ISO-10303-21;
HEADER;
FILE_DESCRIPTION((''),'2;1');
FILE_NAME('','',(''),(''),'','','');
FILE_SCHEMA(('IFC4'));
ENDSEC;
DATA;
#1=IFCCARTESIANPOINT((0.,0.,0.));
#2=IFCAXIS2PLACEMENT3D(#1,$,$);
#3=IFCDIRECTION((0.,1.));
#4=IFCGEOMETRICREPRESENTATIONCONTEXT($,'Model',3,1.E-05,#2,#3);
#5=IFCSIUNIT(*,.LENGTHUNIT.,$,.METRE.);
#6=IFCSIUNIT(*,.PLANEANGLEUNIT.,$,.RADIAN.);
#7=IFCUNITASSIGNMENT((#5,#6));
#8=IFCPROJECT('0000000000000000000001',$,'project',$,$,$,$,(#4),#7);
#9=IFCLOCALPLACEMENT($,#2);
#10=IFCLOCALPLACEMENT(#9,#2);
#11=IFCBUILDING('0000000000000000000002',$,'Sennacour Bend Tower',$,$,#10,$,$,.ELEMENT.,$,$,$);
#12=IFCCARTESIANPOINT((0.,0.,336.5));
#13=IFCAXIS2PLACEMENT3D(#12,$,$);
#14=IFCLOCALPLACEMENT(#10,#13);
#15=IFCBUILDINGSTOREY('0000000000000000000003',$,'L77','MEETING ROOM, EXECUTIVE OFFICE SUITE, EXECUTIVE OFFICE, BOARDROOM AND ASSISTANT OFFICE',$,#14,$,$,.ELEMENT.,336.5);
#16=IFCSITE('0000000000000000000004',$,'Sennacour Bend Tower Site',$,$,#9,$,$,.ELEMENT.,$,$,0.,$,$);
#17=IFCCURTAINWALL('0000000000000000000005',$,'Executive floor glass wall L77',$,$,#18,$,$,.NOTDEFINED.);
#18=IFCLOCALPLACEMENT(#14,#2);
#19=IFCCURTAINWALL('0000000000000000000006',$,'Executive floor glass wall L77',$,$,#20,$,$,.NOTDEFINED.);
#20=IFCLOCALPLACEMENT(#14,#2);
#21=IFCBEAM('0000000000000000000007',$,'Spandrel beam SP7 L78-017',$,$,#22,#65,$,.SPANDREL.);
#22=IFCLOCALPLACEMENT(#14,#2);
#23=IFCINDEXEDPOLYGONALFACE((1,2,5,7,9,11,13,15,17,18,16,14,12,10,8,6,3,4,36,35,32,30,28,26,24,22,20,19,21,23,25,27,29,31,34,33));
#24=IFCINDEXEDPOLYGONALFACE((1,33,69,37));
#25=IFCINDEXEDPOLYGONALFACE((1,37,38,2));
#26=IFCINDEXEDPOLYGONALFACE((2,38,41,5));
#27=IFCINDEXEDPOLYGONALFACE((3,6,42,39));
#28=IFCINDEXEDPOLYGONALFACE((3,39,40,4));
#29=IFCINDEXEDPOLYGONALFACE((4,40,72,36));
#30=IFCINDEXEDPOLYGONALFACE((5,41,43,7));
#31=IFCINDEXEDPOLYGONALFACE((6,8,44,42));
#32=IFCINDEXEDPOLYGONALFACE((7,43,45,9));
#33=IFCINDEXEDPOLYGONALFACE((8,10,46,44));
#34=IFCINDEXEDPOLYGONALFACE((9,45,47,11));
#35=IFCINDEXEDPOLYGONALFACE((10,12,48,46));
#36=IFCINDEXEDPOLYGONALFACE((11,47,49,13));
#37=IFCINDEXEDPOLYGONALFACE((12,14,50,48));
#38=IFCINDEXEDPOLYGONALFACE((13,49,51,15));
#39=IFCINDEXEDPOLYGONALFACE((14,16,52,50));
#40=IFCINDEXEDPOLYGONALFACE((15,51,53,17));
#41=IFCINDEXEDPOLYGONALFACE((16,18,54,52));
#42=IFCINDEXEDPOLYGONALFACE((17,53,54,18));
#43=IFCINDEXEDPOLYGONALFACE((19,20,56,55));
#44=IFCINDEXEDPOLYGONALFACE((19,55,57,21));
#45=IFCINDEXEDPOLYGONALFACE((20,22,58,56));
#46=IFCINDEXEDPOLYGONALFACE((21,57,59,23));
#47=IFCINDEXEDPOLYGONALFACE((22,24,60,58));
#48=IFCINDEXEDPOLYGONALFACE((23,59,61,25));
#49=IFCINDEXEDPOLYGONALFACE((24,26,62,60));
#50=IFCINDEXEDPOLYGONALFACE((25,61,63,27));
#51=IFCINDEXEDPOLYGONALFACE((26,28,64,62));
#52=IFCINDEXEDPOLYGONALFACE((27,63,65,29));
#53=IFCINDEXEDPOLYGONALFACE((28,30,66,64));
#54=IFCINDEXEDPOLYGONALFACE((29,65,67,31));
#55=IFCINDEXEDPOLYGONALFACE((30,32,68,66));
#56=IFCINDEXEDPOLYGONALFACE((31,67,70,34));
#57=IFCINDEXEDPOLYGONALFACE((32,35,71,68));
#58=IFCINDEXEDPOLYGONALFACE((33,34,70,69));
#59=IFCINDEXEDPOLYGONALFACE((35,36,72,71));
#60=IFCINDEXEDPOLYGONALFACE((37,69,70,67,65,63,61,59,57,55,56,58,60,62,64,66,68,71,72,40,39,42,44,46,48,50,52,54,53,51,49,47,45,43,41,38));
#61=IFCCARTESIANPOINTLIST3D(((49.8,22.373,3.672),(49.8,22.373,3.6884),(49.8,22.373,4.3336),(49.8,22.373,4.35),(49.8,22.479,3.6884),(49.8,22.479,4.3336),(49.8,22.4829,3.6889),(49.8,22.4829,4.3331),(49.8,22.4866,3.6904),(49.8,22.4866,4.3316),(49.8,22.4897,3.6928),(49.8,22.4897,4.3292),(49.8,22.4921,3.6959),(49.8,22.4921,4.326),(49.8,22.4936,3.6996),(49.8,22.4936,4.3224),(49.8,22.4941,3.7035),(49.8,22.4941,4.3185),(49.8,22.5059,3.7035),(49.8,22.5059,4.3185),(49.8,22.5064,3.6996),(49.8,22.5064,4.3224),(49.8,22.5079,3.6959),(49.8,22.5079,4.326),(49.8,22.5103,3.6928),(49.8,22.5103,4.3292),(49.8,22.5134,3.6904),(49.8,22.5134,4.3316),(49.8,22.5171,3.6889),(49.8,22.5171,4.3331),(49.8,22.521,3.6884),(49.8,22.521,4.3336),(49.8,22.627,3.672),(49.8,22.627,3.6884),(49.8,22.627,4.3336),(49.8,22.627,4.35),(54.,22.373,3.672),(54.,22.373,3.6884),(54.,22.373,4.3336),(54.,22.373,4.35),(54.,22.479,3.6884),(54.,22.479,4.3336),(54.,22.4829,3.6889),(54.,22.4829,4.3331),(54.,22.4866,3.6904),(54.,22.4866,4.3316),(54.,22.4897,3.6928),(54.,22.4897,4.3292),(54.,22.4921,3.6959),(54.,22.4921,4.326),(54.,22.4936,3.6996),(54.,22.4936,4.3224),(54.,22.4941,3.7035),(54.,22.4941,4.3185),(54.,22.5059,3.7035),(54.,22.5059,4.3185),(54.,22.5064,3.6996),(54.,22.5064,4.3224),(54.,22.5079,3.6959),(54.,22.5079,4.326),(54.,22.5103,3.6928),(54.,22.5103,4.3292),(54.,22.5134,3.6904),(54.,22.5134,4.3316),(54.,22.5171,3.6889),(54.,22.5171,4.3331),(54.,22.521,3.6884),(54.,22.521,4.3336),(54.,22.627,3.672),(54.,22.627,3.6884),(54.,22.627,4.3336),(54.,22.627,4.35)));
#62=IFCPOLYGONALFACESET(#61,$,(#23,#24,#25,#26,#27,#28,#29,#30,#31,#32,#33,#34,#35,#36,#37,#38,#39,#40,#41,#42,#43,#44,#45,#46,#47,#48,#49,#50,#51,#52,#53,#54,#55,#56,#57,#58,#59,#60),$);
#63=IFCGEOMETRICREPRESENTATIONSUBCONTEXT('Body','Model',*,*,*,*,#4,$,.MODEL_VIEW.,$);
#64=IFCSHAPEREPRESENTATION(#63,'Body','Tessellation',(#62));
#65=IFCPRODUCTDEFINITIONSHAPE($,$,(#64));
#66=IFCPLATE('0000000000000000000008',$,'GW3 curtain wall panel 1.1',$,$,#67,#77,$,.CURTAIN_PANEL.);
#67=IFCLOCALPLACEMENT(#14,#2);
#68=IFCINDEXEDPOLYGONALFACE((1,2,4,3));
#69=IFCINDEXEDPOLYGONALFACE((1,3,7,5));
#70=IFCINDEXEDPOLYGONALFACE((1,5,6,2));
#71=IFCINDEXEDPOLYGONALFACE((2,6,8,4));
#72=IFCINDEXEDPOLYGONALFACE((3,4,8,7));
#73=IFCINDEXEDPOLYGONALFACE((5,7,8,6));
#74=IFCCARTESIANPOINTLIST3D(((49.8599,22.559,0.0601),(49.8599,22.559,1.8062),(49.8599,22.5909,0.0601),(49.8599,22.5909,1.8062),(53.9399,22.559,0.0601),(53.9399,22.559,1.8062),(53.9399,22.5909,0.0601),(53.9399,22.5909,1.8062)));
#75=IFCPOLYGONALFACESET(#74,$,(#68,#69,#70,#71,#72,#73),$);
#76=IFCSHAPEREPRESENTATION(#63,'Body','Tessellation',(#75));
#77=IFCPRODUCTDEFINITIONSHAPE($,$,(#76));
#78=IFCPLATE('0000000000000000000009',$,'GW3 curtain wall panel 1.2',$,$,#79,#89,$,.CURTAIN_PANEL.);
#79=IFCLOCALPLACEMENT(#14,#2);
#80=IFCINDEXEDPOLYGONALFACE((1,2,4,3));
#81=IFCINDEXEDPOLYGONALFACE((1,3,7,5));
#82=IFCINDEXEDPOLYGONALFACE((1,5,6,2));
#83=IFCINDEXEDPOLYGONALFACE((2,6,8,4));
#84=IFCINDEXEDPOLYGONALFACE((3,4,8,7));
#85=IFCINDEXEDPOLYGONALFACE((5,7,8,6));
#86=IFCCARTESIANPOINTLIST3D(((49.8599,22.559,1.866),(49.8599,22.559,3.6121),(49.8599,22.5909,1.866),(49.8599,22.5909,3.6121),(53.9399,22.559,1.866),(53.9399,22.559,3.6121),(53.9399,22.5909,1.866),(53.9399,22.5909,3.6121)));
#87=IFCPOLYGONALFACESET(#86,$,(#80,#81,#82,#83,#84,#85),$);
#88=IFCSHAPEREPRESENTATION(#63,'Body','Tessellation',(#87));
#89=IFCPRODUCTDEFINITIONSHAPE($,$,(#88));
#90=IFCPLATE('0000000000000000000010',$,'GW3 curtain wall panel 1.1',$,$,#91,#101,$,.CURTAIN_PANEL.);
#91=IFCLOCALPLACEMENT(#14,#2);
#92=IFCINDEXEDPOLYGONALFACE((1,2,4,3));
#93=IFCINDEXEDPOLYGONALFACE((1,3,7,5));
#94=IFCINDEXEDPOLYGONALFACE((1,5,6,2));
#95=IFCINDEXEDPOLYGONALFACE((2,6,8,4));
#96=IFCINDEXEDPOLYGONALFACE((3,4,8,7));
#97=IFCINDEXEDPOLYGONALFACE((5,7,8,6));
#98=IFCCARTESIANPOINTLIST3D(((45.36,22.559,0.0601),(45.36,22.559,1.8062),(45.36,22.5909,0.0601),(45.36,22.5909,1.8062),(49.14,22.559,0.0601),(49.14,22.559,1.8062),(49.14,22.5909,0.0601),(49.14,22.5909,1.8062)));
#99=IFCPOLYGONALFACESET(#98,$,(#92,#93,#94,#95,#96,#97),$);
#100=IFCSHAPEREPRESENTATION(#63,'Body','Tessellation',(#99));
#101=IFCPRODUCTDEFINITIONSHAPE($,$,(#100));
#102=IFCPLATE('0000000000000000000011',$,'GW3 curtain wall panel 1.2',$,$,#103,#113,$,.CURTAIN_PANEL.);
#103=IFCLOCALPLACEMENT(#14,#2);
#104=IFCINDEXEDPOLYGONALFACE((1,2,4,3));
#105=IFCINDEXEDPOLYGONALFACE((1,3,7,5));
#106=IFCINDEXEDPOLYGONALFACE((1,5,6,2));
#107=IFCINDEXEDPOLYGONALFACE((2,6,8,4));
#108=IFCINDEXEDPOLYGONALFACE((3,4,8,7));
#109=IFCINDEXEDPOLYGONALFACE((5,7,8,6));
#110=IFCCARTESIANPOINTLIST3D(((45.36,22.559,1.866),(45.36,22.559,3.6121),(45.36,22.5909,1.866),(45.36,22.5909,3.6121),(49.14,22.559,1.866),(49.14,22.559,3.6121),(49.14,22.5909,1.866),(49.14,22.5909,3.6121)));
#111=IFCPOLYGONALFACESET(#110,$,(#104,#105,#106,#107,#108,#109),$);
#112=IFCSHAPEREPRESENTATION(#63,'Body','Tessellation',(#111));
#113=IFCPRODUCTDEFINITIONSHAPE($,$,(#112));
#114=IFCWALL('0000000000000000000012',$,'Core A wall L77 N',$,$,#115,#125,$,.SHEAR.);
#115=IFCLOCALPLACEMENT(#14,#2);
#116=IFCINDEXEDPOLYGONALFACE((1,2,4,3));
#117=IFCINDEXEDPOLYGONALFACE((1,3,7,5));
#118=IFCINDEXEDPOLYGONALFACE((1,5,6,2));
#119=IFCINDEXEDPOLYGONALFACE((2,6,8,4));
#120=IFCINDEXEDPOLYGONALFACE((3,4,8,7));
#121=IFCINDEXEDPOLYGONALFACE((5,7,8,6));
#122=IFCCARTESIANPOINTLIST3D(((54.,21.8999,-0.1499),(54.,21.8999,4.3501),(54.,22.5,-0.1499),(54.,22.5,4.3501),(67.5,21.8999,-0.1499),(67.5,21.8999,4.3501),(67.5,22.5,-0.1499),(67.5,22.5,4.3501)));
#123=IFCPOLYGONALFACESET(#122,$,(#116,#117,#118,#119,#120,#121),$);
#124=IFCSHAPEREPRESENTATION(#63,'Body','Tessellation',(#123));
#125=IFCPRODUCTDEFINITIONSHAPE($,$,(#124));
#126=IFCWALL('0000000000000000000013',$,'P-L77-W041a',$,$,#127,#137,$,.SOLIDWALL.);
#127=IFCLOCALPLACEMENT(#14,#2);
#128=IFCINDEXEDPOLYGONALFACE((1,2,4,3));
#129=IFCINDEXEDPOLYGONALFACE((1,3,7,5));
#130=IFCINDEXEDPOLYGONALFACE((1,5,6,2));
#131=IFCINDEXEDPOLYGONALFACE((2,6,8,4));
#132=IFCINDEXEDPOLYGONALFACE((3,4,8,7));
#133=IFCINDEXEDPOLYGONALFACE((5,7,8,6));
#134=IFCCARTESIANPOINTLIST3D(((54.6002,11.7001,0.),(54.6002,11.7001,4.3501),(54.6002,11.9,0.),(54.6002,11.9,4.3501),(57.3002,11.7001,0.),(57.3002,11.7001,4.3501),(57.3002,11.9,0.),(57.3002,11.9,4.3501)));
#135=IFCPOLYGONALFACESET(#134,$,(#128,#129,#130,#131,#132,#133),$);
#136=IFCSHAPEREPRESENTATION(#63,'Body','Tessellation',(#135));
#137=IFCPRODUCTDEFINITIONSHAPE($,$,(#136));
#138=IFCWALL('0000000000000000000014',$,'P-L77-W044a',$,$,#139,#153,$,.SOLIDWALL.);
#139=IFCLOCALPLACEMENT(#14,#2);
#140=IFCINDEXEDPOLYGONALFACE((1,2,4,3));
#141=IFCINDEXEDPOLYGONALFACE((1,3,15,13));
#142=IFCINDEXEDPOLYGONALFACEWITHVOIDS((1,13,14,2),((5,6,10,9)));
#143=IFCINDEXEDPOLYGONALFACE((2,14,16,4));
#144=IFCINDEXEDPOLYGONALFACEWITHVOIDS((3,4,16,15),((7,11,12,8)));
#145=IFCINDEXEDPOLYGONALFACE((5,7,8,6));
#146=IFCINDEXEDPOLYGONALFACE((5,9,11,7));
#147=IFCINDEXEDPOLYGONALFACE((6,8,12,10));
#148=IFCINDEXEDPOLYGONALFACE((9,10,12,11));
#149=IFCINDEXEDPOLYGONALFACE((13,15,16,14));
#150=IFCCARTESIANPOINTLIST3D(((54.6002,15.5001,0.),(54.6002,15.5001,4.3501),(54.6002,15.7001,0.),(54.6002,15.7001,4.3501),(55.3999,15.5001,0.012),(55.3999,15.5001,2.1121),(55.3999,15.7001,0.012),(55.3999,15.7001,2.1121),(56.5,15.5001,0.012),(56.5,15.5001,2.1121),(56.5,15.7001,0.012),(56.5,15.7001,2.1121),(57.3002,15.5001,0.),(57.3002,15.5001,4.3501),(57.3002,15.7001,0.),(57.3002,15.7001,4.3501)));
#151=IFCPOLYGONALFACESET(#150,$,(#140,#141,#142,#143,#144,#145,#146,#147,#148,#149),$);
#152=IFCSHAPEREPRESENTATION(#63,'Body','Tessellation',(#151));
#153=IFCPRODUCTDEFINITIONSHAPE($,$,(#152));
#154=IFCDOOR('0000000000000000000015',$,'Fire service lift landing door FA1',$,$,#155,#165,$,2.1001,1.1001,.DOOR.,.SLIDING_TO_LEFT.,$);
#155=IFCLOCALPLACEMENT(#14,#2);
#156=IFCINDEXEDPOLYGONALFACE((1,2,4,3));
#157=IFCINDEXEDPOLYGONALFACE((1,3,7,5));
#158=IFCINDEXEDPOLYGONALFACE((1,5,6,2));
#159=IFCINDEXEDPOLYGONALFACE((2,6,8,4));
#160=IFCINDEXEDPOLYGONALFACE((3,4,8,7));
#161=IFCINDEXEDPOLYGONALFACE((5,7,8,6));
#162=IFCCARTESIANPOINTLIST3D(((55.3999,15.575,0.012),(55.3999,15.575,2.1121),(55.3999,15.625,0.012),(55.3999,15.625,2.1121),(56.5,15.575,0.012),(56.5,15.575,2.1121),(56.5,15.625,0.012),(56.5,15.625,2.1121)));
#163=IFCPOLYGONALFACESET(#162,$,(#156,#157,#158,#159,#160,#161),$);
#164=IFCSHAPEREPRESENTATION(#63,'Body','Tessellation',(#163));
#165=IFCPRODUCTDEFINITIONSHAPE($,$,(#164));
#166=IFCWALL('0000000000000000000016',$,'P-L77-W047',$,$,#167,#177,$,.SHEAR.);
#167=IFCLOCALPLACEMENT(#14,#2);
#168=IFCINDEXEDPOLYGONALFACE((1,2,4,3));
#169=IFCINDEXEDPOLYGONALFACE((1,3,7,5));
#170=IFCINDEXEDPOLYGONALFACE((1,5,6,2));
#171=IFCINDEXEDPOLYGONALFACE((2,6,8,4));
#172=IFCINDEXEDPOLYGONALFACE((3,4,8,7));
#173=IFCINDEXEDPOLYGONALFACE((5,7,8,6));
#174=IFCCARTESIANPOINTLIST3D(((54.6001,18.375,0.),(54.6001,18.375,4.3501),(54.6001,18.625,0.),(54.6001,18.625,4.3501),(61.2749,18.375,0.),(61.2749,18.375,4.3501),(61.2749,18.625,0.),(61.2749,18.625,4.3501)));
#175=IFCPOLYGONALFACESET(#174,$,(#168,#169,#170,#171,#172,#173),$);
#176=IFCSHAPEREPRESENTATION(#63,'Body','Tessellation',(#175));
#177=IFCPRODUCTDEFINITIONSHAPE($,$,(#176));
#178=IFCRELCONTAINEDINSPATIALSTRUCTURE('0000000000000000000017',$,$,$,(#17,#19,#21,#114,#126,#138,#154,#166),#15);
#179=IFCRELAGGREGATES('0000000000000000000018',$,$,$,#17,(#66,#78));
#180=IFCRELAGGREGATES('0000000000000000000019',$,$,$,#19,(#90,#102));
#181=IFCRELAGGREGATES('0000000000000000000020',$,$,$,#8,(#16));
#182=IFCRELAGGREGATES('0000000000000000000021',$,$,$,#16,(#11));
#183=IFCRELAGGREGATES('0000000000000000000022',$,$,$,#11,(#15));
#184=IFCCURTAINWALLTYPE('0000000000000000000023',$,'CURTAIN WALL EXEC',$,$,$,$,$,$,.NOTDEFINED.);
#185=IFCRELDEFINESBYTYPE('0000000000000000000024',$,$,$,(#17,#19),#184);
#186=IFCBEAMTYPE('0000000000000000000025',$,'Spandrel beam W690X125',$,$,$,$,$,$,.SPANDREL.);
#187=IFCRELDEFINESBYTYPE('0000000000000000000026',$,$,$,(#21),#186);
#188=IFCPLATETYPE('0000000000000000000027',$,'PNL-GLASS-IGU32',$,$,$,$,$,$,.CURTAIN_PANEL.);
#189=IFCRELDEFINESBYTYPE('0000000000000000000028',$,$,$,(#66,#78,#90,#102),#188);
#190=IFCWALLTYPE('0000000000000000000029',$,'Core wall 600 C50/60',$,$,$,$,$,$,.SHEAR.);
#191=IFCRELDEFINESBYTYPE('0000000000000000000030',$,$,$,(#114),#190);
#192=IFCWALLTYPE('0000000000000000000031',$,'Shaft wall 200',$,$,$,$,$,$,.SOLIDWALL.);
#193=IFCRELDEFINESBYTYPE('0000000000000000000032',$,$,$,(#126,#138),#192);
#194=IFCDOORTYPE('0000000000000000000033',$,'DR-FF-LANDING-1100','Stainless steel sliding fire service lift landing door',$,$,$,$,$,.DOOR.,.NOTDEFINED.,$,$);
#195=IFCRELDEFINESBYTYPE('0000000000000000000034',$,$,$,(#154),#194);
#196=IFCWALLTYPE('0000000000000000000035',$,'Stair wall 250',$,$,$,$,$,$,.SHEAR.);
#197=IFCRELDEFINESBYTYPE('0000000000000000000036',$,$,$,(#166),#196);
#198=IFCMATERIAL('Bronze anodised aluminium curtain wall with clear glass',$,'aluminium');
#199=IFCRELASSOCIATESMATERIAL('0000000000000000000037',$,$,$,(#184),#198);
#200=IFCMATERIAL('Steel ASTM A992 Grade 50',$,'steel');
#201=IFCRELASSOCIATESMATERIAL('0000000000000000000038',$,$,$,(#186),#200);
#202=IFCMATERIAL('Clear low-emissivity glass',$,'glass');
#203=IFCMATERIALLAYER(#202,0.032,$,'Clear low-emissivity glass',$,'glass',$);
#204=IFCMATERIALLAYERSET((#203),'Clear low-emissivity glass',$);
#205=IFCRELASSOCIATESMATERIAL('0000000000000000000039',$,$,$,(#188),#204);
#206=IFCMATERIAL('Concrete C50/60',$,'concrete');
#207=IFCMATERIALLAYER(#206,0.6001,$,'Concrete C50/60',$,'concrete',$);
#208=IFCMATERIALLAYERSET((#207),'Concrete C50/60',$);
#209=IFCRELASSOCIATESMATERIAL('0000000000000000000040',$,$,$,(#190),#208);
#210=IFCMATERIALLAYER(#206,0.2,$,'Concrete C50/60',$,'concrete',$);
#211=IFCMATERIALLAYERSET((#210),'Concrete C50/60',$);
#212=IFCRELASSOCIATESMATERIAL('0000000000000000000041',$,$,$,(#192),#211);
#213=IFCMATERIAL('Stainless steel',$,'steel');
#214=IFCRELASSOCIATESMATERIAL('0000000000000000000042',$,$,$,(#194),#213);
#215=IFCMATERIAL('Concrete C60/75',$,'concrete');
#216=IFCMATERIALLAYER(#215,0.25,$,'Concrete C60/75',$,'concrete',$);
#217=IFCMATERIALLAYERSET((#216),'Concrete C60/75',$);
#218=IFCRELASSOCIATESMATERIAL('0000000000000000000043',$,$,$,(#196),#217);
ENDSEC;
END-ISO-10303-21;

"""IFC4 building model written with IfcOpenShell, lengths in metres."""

from ifc_helpers import new_model, si_unit, direction, frame, frame_2d, origin, origin_2d, place, context, subcontext, project, spatial, rectangle, i_section, extrude, material, layer, layer_set, material_profile, profile_set, type_object, element, fill, aggregate, save


model = new_model("IFC4")

# Units and contexts
model_context = context("Model", 3, precision=1e-05, world=origin(), true_north=direction((0.0, 1.0)))
body_context = subcontext(model_context, "Body", "Model", "MODEL_VIEW")
ifc_project = project(units=[si_unit("LENGTHUNIT", "METRE"), si_unit("PLANEANGLEUNIT", "RADIAN")], contexts=[model_context])

# Site, building, storey
site_placement = place(None, origin())
site = spatial("IfcSite", under=ifc_project, at=site_placement, Name="Sennacour Bend Tower Site", CompositionType="ELEMENT", RefElevation=0.0)
building_placement = place(site_placement, origin())
building = spatial("IfcBuilding", under=site, at=building_placement, Name="Sennacour Bend Tower", CompositionType="ELEMENT")
storey_placement = place(building_placement, frame((0.0, 0.0, 336.5)))
storey = spatial("IfcBuildingStorey", under=building, at=storey_placement, Name="L77", Description="MEETING ROOM, EXECUTIVE OFFICE SUITE, EXECUTIVE OFFICE, BOARDROOM AND ASSISTANT OFFICE", CompositionType="ELEMENT", Elevation=336.5)

# Curtain walls
ifc_material_1 = material(Name="Bronze anodised aluminium curtain wall with clear glass", Category="aluminium")
curtain_wall_type = type_object("IfcCurtainWallType", Name="CURTAIN WALL EXEC", PredefinedType="NOTDEFINED", material=ifc_material_1)
curtain_wall_1_placement = place(storey_placement, origin())
curtain_wall_1 = element("IfcCurtainWall", 1, at=curtain_wall_1_placement, inside=storey, type_object=curtain_wall_type, Name="Executive floor glass wall L77", PredefinedType="NOTDEFINED")
curtain_wall_2_placement = place(storey_placement, origin())
curtain_wall_2 = element("IfcCurtainWall", 2, at=curtain_wall_2_placement, inside=storey, type_object=curtain_wall_type, Name="Executive floor glass wall L77", PredefinedType="NOTDEFINED")

# Beam
ifc_material_2 = material(Name="Steel ASTM A992 Grade 50", Category="steel")
ifc_material_profile_1 = material_profile(ifc_material_2, i_section(OverallWidth=0.2539, OverallDepth=0.678, WebThickness=0.0117, FlangeThickness=0.0164, FilletRadius=0.0151, at=origin_2d()), Name="Steel ASTM A992 Grade 50", Category="steel")
ifc_profile_set_1 = profile_set([ifc_material_profile_1], Name="Steel ASTM A992 Grade 50")
beam_type = type_object("IfcBeamType", Name="Spandrel beam W690X125", PredefinedType="SPANDREL", material=ifc_profile_set_1)
beam_placement = place(storey_placement, frame((49.8, 22.5, 4.011), z_axis=(1.0, 0.0, 0.0), x_axis=(0.0, 1.0, 0.0)))
element("IfcBeam", 3, at=beam_placement, inside=storey, type_object=beam_type, Name="Spandrel beam SP7 L78-017", PredefinedType="SPANDREL", context=body_context, shape_type="SweptSolid", body=[
    extrude(i_section(OverallWidth=0.2539, OverallDepth=0.678, WebThickness=0.0117, FlangeThickness=0.0164, FilletRadius=0.0151, at=origin_2d()), origin(), (0.0, 0.0, 1.0), 4.2),
])

# Plates
ifc_material_3 = material(Name="Clear low-emissivity glass", Category="glass")
ifc_layer_1 = layer(ifc_material_3, 0.032, Name="Clear low-emissivity glass", Category="glass")
ifc_layer_set_1 = layer_set([ifc_layer_1], Name="Clear low-emissivity glass")
plate_type = type_object("IfcPlateType", Name="PNL-GLASS-IGU32", PredefinedType="CURTAIN_PANEL", material=ifc_layer_set_1)
plate_1_placement = place(storey_placement, frame((51.8999, 22.575, 0.0601), z_axis=(0.0, 0.0, 1.0), x_axis=(-1.0, 0.0, 0.0)))
plate_1 = element("IfcPlate", 4, at=plate_1_placement, type_object=plate_type, Name="GW3 curtain wall panel 1.1", PredefinedType="CURTAIN_PANEL", context=body_context, shape_type="SweptSolid", body=[
    extrude(rectangle(XDim=4.0801, YDim=0.032, at=origin_2d()), origin(), (0.0, 0.0, 1.0), 1.7461),
])
plate_2_placement = place(storey_placement, frame((51.8999, 22.575, 1.866), z_axis=(0.0, 0.0, 1.0), x_axis=(-1.0, 0.0, 0.0)))
plate_2 = element("IfcPlate", 5, at=plate_2_placement, type_object=plate_type, Name="GW3 curtain wall panel 1.2", PredefinedType="CURTAIN_PANEL", context=body_context, shape_type="SweptSolid", body=[
    extrude(rectangle(XDim=4.0801, YDim=0.032, at=origin_2d()), origin(), (0.0, 0.0, 1.0), 1.7461),
])
aggregate(curtain_wall_1, [plate_1, plate_2])
plate_3_placement = place(storey_placement, frame((47.25, 22.575, 0.0601), z_axis=(0.0, 0.0, 1.0), x_axis=(-1.0, 0.0, 0.0)))
plate_3 = element("IfcPlate", 6, at=plate_3_placement, type_object=plate_type, Name="GW3 curtain wall panel 1.1", PredefinedType="CURTAIN_PANEL", context=body_context, shape_type="SweptSolid", body=[
    extrude(rectangle(XDim=3.78, YDim=0.032, at=origin_2d()), origin(), (0.0, 0.0, 1.0), 1.7461),
])
plate_4_placement = place(storey_placement, frame((47.25, 22.575, 1.866), z_axis=(0.0, 0.0, 1.0), x_axis=(-1.0, 0.0, 0.0)))
plate_4 = element("IfcPlate", 7, at=plate_4_placement, type_object=plate_type, Name="GW3 curtain wall panel 1.2", PredefinedType="CURTAIN_PANEL", context=body_context, shape_type="SweptSolid", body=[
    extrude(rectangle(XDim=3.78, YDim=0.032, at=origin_2d()), origin(), (0.0, 0.0, 1.0), 1.7461),
])
aggregate(curtain_wall_2, [plate_3, plate_4])

# Walls
ifc_material_4 = material(Name="Concrete C50/60", Category="concrete")
ifc_layer_2 = layer(ifc_material_4, 0.6001, Name="Concrete C50/60", Category="concrete")
ifc_layer_set_2 = layer_set([ifc_layer_2], Name="Concrete C50/60")
wall_type_1 = type_object("IfcWallType", Name="Core wall 600 C50/60", PredefinedType="SHEAR", material=ifc_layer_set_2)
wall_1_placement = place(storey_placement, frame((54.0, 22.2, -0.1499), z_axis=(0.0, 0.0, 1.0), x_axis=(1.0, 0.0, 0.0)))
element("IfcWall", 8, at=wall_1_placement, inside=storey, type_object=wall_type_1, Name="Core A wall L77 N", PredefinedType="SHEAR", context=body_context, shape_type="SweptSolid", body=[
    extrude(rectangle(XDim=13.5, YDim=0.6001, at=frame_2d((6.75, 0.0))), origin(), (0.0, 0.0, 1.0), 4.5),
])
ifc_layer_3 = layer(ifc_material_4, 0.2, Name="Concrete C50/60", Category="concrete")
ifc_layer_set_3 = layer_set([ifc_layer_3], Name="Concrete C50/60")
wall_type_2 = type_object("IfcWallType", Name="Shaft wall 200", PredefinedType="SOLIDWALL", material=ifc_layer_set_3)
wall_2_placement = place(storey_placement, frame((54.6001, 11.8, 0.0), z_axis=(0.0, 0.0, 1.0), x_axis=(1.0, 0.0, 0.0)))
element("IfcWall", 9, at=wall_2_placement, inside=storey, type_object=wall_type_2, Name="P-L77-W041a", PredefinedType="SOLIDWALL", context=body_context, shape_type="SweptSolid", body=[
    extrude(rectangle(XDim=2.7, YDim=0.2, at=frame_2d((1.3501, 0.0))), origin(), (0.0, 0.0, 1.0), 4.3501),
])

# Wall, opening, door
wall_3_placement = place(storey_placement, frame((54.6001, 15.6001, 0.0), z_axis=(0.0, 0.0, 1.0), x_axis=(1.0, 0.0, 0.0)))
wall_3 = element("IfcWall", 10, at=wall_3_placement, inside=storey, type_object=wall_type_2, Name="P-L77-W044a", PredefinedType="SOLIDWALL", context=body_context, shape_type="SweptSolid", body=[
    extrude(rectangle(XDim=2.7, YDim=0.2, at=frame_2d((1.3501, 0.0))), origin(), (0.0, 0.0, 1.0), 4.3501),
])
opening_placement = place(wall_3_placement, frame((0.7998, 0.0, 0.012)))
opening = element("IfcOpeningElement", 11, at=opening_placement, cuts=wall_3, PredefinedType="OPENING", context=body_context, shape_type="SweptSolid", body=[
    extrude(rectangle(XDim=1.1001, YDim=2.1001, at=frame_2d((0.55, 1.05))), frame((0.0, 0.1099, 0.0), z_axis=(0.0, -1.0, 0.0), x_axis=(1.0, 0.0, 0.0)), (0.0, 0.0, 1.0), 0.22),
])
ifc_material_5 = material(Name="Stainless steel", Category="steel")
door_type = type_object("IfcDoorType", Name="DR-FF-LANDING-1100", Description="Stainless steel sliding fire service lift landing door", OperationType="NOTDEFINED", PredefinedType="DOOR", material=ifc_material_5)
door_placement = place(opening_placement, origin())
door = element("IfcDoor", 12, at=door_placement, inside=storey, type_object=door_type, Name="Fire service lift landing door FA1", OperationType="SLIDING_TO_LEFT", OverallHeight=2.1001, OverallWidth=1.1001, PredefinedType="DOOR", context=body_context, shape_type="SweptSolid", body=[
    extrude(rectangle(XDim=1.1001, YDim=2.1001, at=frame_2d((0.55, 1.05))), frame((0.0, 0.0249, 0.0), z_axis=(0.0, -1.0, 0.0), x_axis=(1.0, 0.0, 0.0)), (0.0, 0.0, 1.0), 0.05),
])
fill(opening, door)

# Wall
ifc_material_6 = material(Name="Concrete C60/75", Category="concrete")
ifc_layer_4 = layer(ifc_material_6, 0.25, Name="Concrete C60/75", Category="concrete")
ifc_layer_set_4 = layer_set([ifc_layer_4], Name="Concrete C60/75")
wall_type_3 = type_object("IfcWallType", Name="Stair wall 250", PredefinedType="SHEAR", material=ifc_layer_set_4)
wall_4_placement = place(storey_placement, frame((54.6001, 18.5, 0.0), z_axis=(0.0, 0.0, 1.0), x_axis=(1.0, 0.0, 0.0)))
element("IfcWall", 13, at=wall_4_placement, inside=storey, type_object=wall_type_3, Name="P-L77-W047", PredefinedType="SHEAR", context=body_context, shape_type="SweptSolid", body=[
    extrude(rectangle(XDim=6.6748, YDim=0.25, at=frame_2d((3.3374, 0.0))), origin(), (0.0, 0.0, 1.0), 4.3501),
])

save(model, "model.ifc")
